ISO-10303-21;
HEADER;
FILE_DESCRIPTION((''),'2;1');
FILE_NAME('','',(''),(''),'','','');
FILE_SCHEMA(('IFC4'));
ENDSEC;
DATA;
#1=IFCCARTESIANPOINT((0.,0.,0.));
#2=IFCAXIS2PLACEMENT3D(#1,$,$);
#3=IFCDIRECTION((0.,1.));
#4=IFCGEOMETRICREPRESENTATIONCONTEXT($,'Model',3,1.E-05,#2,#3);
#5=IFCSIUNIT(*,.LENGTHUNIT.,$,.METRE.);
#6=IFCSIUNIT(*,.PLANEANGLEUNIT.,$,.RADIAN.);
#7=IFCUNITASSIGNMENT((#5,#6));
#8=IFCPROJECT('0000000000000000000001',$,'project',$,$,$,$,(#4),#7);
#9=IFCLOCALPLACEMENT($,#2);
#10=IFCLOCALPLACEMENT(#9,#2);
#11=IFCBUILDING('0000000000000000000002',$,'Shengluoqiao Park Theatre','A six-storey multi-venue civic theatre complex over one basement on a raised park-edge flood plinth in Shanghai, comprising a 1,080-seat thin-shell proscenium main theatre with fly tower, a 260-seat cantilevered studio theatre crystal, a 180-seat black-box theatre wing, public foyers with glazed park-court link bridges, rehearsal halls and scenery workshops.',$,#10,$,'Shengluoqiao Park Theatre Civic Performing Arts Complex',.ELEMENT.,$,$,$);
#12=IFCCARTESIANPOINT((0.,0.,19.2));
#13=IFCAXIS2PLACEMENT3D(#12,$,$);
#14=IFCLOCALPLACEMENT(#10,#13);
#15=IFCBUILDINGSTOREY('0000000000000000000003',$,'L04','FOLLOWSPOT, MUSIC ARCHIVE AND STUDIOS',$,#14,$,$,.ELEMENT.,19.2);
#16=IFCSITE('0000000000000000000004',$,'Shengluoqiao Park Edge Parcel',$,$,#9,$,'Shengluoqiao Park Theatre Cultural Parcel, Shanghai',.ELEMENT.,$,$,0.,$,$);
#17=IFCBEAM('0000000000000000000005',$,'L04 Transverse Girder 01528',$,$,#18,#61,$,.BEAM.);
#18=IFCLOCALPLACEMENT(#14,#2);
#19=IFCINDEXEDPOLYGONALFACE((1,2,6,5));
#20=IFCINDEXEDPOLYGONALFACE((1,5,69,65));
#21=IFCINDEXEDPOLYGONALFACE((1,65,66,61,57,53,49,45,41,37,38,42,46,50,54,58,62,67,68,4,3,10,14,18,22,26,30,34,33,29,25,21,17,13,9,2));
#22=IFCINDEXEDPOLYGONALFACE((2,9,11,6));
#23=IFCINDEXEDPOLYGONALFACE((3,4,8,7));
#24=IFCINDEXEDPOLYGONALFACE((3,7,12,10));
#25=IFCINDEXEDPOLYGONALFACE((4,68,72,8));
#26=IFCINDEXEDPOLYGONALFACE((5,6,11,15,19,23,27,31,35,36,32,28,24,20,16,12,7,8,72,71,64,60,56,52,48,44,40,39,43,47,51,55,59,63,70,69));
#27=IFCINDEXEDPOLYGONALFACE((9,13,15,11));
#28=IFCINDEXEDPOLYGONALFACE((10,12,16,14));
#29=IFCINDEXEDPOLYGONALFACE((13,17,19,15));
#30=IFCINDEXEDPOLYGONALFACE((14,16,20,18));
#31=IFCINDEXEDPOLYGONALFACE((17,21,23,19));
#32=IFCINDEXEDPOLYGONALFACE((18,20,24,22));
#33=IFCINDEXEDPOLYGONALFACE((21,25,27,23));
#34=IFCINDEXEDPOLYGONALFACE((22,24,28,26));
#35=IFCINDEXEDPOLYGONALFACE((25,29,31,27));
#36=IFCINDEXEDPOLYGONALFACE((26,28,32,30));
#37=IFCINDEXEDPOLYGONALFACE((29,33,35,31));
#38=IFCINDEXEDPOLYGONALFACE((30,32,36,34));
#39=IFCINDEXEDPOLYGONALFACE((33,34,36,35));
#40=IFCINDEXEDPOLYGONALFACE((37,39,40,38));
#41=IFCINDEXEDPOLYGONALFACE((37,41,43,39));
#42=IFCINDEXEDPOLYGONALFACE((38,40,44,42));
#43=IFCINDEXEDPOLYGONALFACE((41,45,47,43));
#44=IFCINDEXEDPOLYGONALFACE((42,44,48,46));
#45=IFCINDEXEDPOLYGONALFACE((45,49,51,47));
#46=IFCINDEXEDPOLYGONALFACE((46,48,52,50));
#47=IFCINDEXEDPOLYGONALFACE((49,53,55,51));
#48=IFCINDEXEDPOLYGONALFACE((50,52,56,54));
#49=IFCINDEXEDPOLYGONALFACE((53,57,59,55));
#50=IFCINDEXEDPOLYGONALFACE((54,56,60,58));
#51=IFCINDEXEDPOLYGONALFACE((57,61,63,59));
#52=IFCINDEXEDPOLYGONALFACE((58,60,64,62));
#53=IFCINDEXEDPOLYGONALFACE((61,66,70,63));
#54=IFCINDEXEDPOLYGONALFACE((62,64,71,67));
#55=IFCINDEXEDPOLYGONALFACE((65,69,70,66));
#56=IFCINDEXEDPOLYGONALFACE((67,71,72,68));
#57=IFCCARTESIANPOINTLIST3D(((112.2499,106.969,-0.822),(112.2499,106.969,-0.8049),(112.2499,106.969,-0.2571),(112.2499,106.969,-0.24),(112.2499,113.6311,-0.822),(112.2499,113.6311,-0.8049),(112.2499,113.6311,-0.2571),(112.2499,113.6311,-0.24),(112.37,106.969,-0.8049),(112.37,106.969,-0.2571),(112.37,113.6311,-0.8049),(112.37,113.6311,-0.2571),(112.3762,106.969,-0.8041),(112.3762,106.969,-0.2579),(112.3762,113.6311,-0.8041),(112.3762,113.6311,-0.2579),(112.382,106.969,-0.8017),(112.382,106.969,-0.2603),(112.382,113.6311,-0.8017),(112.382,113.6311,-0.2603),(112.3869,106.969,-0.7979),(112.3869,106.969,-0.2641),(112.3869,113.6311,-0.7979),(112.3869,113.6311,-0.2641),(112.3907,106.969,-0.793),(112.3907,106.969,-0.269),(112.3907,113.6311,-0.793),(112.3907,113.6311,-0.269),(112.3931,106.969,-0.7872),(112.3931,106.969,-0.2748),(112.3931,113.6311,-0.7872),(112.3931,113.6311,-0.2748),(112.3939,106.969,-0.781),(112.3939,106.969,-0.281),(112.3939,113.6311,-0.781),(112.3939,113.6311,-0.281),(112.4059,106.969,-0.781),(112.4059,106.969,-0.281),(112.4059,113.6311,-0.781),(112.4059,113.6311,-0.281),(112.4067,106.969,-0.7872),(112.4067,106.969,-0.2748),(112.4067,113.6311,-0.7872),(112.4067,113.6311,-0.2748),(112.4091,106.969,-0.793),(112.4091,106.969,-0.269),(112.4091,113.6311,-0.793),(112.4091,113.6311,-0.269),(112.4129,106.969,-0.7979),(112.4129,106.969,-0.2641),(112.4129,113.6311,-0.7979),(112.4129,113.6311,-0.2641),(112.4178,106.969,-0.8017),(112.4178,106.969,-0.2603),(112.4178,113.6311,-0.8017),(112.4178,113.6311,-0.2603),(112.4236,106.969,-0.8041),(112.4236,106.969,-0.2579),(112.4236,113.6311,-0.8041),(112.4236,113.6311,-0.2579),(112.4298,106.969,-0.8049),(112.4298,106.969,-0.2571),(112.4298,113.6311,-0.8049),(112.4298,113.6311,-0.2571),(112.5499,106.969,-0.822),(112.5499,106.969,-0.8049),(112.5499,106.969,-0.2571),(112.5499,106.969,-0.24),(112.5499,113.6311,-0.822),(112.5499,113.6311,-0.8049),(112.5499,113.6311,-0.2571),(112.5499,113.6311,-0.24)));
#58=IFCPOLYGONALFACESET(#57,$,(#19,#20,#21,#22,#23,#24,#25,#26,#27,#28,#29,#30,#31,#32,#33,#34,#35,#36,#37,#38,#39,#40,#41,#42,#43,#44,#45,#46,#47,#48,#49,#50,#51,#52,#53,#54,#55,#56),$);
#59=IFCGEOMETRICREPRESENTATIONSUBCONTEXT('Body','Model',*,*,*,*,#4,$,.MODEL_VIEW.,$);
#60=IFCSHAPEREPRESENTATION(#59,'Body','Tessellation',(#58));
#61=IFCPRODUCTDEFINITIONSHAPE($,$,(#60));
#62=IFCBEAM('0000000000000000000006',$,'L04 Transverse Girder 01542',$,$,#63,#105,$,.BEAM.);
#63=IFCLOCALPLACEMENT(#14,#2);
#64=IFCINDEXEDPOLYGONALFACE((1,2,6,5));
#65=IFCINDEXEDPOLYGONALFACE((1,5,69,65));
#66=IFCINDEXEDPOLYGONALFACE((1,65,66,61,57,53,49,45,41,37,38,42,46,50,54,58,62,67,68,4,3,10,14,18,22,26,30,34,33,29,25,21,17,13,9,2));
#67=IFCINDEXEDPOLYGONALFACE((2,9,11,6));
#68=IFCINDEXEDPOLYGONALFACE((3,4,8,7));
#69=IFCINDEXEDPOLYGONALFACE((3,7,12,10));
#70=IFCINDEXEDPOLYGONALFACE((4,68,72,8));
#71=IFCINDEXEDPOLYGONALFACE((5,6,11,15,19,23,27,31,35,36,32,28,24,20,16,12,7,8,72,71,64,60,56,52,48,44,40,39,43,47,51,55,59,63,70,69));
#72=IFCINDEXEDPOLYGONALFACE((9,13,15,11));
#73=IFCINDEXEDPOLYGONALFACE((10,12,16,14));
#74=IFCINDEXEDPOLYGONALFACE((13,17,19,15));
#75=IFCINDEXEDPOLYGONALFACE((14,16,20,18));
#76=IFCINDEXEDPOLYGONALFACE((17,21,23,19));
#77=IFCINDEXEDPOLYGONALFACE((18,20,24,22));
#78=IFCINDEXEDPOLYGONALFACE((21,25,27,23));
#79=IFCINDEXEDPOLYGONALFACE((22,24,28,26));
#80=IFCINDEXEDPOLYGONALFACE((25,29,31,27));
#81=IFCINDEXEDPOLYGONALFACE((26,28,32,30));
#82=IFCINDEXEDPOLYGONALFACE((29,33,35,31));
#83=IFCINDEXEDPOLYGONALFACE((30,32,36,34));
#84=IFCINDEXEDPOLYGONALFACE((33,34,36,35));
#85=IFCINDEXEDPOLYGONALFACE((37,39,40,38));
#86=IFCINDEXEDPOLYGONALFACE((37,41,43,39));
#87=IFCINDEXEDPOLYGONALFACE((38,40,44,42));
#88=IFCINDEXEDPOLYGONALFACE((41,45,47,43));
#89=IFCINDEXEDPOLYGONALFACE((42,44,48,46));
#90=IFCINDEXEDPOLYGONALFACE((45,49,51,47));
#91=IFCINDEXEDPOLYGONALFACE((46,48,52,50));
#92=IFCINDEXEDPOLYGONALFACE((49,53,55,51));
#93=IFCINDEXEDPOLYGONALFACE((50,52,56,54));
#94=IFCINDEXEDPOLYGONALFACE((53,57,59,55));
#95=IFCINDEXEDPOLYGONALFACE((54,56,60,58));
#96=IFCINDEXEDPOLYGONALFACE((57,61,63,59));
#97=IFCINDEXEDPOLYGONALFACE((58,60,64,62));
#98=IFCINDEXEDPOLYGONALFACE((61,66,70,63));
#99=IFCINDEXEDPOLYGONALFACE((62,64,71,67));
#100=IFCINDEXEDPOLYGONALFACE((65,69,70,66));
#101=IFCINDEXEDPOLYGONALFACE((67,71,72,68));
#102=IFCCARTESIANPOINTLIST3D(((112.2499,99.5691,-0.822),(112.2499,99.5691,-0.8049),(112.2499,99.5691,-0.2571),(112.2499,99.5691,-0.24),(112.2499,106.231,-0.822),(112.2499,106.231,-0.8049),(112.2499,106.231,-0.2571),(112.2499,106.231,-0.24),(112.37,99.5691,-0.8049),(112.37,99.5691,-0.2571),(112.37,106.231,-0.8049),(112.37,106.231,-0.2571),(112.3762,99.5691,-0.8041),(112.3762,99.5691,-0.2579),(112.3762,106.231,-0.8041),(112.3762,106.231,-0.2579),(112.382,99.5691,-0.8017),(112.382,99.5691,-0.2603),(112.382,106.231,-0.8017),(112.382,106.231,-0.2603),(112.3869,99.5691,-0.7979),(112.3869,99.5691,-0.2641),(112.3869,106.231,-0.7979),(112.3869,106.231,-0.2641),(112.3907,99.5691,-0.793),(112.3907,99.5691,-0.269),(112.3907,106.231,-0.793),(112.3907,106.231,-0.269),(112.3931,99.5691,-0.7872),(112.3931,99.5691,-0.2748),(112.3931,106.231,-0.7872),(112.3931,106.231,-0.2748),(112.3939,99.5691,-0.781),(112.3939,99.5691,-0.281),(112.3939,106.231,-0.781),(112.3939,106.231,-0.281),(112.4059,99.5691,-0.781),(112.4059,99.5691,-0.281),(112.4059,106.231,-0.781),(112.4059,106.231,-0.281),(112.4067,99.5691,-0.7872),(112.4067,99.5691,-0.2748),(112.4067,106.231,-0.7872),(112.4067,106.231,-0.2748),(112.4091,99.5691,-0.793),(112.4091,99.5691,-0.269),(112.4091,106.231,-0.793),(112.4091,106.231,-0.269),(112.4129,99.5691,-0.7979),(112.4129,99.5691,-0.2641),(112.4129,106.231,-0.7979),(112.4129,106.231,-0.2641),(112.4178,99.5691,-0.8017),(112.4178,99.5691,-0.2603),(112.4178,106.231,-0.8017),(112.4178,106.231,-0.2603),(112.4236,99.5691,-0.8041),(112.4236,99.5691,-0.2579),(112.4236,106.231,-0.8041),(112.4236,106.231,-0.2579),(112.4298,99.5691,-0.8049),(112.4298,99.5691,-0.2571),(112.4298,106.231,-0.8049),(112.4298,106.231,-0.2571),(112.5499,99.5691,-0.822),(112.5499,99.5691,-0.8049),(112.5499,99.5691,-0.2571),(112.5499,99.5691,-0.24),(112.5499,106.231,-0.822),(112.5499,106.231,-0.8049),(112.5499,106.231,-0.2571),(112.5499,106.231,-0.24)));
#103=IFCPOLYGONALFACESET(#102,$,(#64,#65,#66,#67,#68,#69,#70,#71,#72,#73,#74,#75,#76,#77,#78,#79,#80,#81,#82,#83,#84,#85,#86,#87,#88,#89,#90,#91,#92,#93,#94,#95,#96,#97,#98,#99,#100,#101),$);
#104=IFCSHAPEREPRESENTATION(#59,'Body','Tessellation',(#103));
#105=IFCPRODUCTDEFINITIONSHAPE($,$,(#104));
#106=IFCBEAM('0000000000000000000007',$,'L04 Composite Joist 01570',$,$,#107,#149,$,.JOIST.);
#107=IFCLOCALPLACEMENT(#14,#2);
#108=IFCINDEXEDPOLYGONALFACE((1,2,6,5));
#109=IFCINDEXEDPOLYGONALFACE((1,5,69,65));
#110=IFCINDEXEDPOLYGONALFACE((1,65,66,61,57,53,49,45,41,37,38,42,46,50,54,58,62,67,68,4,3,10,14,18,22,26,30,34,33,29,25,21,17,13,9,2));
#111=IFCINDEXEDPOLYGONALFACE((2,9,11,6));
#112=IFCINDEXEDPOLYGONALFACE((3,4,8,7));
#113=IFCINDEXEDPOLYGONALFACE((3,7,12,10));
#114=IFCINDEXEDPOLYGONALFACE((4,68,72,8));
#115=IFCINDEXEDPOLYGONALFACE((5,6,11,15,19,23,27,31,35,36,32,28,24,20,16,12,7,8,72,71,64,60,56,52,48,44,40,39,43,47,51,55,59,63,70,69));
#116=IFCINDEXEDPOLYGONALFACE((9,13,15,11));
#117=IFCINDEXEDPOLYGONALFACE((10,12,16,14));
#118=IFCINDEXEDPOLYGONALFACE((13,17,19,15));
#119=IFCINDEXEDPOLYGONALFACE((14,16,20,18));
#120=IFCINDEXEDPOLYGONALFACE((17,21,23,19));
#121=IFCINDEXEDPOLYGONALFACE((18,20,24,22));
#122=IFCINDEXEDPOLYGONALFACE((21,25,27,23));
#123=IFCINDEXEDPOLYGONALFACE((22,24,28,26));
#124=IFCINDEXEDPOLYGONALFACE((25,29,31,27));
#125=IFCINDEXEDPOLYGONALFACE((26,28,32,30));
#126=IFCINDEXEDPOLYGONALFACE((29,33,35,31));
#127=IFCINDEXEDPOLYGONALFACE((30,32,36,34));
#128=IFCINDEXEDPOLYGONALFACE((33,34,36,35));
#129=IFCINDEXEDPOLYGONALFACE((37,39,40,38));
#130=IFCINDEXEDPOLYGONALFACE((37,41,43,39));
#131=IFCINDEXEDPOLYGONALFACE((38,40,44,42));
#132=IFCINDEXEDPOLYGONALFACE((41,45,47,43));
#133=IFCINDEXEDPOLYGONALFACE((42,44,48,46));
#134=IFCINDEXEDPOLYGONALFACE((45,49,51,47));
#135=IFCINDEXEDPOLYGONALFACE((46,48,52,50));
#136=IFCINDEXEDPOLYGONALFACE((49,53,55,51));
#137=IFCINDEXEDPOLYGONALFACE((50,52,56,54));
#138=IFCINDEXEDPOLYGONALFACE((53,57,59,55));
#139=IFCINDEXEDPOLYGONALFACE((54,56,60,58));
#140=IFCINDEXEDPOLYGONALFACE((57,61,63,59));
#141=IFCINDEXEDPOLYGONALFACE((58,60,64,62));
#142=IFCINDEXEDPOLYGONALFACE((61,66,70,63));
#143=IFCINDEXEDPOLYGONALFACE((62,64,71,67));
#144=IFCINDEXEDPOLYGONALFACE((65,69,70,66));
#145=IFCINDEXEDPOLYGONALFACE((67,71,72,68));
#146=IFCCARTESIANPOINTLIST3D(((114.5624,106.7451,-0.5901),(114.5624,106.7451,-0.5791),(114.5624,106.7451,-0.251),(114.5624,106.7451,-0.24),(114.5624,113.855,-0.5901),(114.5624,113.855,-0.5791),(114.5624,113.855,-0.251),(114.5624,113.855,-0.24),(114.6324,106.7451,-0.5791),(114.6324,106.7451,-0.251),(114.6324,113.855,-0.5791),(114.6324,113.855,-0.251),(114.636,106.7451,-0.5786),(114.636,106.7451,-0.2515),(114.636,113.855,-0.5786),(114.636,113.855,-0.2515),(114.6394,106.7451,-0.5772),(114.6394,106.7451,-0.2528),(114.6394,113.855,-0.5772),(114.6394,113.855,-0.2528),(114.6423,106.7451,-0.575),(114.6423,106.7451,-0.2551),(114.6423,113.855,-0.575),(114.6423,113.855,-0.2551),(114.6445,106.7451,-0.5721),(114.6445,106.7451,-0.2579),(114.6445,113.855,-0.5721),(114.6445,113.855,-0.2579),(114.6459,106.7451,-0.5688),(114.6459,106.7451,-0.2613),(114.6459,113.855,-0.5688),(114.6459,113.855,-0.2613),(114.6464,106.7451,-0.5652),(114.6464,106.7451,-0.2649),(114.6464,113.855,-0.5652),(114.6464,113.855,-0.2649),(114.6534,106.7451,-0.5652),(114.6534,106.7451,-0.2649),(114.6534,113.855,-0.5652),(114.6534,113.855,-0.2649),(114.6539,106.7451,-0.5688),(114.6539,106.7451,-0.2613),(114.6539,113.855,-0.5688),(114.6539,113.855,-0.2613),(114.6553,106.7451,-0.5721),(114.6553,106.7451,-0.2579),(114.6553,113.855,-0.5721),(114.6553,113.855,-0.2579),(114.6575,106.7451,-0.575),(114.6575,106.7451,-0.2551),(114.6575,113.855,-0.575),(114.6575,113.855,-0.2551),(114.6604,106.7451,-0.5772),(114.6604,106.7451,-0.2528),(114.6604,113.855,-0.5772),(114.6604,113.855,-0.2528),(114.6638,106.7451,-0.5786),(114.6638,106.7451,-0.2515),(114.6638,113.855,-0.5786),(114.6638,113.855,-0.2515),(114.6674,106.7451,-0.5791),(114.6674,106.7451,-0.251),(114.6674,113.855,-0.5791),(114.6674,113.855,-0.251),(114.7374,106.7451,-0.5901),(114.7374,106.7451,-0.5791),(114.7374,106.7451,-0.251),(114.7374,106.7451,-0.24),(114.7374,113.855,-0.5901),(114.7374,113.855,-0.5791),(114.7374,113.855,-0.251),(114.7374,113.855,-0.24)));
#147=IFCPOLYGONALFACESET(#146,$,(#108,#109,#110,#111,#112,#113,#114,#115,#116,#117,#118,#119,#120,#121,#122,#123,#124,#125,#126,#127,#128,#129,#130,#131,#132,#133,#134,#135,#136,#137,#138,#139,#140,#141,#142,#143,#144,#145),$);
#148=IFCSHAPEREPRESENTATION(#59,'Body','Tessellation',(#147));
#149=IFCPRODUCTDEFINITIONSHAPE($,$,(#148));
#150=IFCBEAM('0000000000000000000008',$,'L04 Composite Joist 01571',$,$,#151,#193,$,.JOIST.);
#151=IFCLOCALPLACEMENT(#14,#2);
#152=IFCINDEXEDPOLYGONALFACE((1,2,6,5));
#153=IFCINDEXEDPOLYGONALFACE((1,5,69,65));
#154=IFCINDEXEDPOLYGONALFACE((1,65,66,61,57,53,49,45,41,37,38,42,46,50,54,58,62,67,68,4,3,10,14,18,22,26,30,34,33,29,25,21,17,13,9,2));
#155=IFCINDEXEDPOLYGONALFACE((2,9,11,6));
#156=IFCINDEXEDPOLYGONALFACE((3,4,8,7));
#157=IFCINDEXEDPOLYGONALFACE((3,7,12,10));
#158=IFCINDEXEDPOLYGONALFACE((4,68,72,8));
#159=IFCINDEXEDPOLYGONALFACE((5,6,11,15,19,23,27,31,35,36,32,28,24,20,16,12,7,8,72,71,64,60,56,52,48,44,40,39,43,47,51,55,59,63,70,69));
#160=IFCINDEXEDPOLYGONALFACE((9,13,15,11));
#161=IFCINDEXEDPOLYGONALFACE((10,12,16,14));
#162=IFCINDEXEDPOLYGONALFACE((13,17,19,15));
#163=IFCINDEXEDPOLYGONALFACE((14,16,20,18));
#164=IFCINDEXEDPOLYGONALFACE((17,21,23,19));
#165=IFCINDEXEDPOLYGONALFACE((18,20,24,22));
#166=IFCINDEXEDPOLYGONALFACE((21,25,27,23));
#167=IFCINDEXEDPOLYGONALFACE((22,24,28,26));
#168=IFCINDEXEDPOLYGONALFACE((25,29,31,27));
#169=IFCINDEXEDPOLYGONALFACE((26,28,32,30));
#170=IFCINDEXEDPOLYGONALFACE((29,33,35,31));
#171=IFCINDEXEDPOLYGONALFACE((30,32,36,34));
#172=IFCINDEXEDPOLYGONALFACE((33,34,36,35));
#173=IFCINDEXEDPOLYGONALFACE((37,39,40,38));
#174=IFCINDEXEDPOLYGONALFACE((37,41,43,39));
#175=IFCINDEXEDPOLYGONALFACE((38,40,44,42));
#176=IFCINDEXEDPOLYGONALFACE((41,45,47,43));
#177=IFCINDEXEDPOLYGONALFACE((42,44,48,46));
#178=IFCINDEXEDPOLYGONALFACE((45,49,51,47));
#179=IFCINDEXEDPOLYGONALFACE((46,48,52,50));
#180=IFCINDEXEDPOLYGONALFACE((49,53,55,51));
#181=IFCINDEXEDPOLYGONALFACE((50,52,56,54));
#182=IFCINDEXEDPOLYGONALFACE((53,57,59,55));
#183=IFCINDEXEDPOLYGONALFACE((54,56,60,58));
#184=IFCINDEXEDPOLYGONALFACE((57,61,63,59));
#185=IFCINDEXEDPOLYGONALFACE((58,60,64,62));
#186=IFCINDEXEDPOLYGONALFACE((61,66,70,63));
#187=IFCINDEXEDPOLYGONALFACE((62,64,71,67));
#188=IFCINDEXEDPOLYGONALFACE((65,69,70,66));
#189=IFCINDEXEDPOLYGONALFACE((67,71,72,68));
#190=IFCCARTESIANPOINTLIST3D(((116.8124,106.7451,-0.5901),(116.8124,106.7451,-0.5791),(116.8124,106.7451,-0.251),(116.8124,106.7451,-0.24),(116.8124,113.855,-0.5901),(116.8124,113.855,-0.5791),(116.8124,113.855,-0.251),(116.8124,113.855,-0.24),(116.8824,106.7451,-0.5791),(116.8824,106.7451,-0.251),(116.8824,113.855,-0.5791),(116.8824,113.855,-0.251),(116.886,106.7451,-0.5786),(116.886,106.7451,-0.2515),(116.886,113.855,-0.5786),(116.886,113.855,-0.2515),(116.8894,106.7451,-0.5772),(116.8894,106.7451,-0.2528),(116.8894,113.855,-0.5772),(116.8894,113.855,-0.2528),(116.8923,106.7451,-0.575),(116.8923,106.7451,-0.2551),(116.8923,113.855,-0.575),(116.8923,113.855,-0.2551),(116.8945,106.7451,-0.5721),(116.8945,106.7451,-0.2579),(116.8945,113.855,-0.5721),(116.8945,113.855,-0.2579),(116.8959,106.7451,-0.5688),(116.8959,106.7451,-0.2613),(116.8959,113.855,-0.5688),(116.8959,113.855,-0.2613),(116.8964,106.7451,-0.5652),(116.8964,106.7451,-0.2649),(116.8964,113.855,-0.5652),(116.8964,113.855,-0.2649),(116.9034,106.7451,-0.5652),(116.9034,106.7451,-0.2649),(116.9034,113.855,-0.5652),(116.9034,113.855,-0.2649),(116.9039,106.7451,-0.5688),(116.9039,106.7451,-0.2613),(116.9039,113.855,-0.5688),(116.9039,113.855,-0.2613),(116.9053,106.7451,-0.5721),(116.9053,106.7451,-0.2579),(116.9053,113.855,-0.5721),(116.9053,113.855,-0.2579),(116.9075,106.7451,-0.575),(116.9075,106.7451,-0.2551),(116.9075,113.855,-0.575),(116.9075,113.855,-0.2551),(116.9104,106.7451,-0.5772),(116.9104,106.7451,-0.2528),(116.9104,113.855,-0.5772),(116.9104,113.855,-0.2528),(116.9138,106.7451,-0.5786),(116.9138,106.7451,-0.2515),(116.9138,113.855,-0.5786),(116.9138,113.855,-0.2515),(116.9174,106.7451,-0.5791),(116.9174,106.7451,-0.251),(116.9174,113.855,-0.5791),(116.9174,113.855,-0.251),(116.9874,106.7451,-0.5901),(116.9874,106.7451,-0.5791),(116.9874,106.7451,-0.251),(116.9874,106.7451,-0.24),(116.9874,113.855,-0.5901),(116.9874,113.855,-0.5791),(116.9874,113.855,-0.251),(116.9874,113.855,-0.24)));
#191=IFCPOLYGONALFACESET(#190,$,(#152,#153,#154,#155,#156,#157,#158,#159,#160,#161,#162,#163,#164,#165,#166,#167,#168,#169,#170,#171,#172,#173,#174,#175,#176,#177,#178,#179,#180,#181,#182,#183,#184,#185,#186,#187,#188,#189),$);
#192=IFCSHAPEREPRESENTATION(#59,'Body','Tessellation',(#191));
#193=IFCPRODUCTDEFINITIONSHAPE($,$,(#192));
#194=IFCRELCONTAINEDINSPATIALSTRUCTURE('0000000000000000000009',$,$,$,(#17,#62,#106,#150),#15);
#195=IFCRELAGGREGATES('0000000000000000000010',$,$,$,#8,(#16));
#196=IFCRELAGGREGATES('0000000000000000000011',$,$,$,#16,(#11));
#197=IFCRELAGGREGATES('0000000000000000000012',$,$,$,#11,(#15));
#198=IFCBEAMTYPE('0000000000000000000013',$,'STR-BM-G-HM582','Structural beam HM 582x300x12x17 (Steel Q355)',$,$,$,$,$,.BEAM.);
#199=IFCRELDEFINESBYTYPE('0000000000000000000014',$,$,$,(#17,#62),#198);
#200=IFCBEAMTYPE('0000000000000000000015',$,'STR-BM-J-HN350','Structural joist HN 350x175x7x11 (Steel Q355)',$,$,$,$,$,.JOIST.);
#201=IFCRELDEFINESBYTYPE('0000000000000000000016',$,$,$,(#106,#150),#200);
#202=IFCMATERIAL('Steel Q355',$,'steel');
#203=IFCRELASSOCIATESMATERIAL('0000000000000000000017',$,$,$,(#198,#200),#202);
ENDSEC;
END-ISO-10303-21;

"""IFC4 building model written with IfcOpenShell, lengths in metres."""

from ifc_helpers import new_model, si_unit, direction, frame, origin, origin_2d, place, context, subcontext, project, spatial, i_section, extrude, material, material_profile, profile_set, type_object, element, save


model = new_model("IFC4")

# Units and contexts
model_context = context("Model", 3, precision=1e-05, world=origin(), true_north=direction((0.0, 1.0)))
body_context = subcontext(model_context, "Body", "Model", "MODEL_VIEW")
ifc_project = project(units=[si_unit("LENGTHUNIT", "METRE"), si_unit("PLANEANGLEUNIT", "RADIAN")], contexts=[model_context])

# Site, building, storey
site_placement = place(None, origin())
site = spatial("IfcSite", under=ifc_project, at=site_placement, Name="Shengluoqiao Park Edge Parcel", LongName="Shengluoqiao Park Theatre Cultural Parcel, Shanghai", CompositionType="ELEMENT", RefElevation=0.0)
building_placement = place(site_placement, origin())
building = spatial("IfcBuilding", under=site, at=building_placement, Name="Shengluoqiao Park Theatre", Description="A six-storey multi-venue civic theatre complex over one basement on a raised park-edge flood plinth in Shanghai, comprising a 1,080-seat thin-shell proscenium main theatre with fly tower, a 260-seat cantilevered studio theatre crystal, a 180-seat black-box theatre wing, public foyers with glazed park-court link bridges, rehearsal halls and scenery workshops.", LongName="Shengluoqiao Park Theatre Civic Performing Arts Complex", CompositionType="ELEMENT")
storey_placement = place(building_placement, frame((0.0, 0.0, 19.2)))
storey = spatial("IfcBuildingStorey", under=building, at=storey_placement, Name="L04", Description="FOLLOWSPOT, MUSIC ARCHIVE AND STUDIOS", CompositionType="ELEMENT", Elevation=19.2)

# Shared definitions
ifc_material_1 = material(Name="Steel Q355", Category="steel")

# Beams
ifc_material_profile_1 = material_profile(ifc_material_1, i_section(OverallWidth=0.3, OverallDepth=0.582, WebThickness=0.012, FlangeThickness=0.0171, FilletRadius=0.0239, at=origin_2d()), Name="HM 582x300x12x17")
ifc_profile_set_1 = profile_set([ifc_material_profile_1], Name="Steel Q355")
beam_type_1 = type_object("IfcBeamType", Name="STR-BM-G-HM582", Description="Structural beam HM 582x300x12x17 (Steel Q355)", PredefinedType="BEAM", material=ifc_profile_set_1)
beam_1_placement = place(storey_placement, frame((112.3999, 106.969, -0.531), z_axis=(0.0, 1.0, 0.0), x_axis=(-1.0, 0.0, 0.0)))
element("IfcBeam", 1, at=beam_1_placement, inside=storey, type_object=beam_type_1, Name="L04 Transverse Girder 01528", PredefinedType="BEAM", context=body_context, shape_type="SweptSolid", body=[
    extrude(i_section(OverallWidth=0.3, OverallDepth=0.582, WebThickness=0.012, FlangeThickness=0.0171, FilletRadius=0.0239, at=origin_2d()), origin(), (0.0, 0.0, 1.0), 6.6621),
])
beam_2_placement = place(storey_placement, frame((112.3999, 99.5691, -0.531), z_axis=(0.0, 1.0, 0.0), x_axis=(-1.0, 0.0, 0.0)))
element("IfcBeam", 2, at=beam_2_placement, inside=storey, type_object=beam_type_1, Name="L04 Transverse Girder 01542", PredefinedType="BEAM", context=body_context, shape_type="SweptSolid", body=[
    extrude(i_section(OverallWidth=0.3, OverallDepth=0.582, WebThickness=0.012, FlangeThickness=0.0171, FilletRadius=0.0239, at=origin_2d()), origin(), (0.0, 0.0, 1.0), 6.6619),
])
ifc_material_profile_2 = material_profile(ifc_material_1, i_section(OverallWidth=0.175, OverallDepth=0.3501, WebThickness=0.0071, FlangeThickness=0.011, FilletRadius=0.0139, at=origin_2d()), Name="HN 350x175x7x11")
ifc_profile_set_2 = profile_set([ifc_material_profile_2], Name="Steel Q355")
beam_type_2 = type_object("IfcBeamType", Name="STR-BM-J-HN350", Description="Structural joist HN 350x175x7x11 (Steel Q355)", PredefinedType="JOIST", material=ifc_profile_set_2)
for number, where, z_axis, x_axis, name in (
    (3, (114.6499, 106.7451, -0.415), (0.0, 1.0, 0.0), (-1.0, 0.0, 0.0), "L04 Composite Joist 01570"),
    (4, (116.8999, 106.7451, -0.415), (0.0, 1.0, 0.0), (-1.0, 0.0, 0.0), "L04 Composite Joist 01571"),
):
    element("IfcBeam", number, at=place(storey_placement, frame(where, z_axis=z_axis, x_axis=x_axis)), inside=storey, type_object=beam_type_2, Name=name, PredefinedType="JOIST", context=body_context, shape_type="SweptSolid", body=[
        extrude(i_section(OverallWidth=0.175, OverallDepth=0.3501, WebThickness=0.0071, FlangeThickness=0.011, FilletRadius=0.0139, at=origin_2d()), origin(), (0.0, 0.0, 1.0), 7.1099),
    ])

save(model, "model.ifc")
